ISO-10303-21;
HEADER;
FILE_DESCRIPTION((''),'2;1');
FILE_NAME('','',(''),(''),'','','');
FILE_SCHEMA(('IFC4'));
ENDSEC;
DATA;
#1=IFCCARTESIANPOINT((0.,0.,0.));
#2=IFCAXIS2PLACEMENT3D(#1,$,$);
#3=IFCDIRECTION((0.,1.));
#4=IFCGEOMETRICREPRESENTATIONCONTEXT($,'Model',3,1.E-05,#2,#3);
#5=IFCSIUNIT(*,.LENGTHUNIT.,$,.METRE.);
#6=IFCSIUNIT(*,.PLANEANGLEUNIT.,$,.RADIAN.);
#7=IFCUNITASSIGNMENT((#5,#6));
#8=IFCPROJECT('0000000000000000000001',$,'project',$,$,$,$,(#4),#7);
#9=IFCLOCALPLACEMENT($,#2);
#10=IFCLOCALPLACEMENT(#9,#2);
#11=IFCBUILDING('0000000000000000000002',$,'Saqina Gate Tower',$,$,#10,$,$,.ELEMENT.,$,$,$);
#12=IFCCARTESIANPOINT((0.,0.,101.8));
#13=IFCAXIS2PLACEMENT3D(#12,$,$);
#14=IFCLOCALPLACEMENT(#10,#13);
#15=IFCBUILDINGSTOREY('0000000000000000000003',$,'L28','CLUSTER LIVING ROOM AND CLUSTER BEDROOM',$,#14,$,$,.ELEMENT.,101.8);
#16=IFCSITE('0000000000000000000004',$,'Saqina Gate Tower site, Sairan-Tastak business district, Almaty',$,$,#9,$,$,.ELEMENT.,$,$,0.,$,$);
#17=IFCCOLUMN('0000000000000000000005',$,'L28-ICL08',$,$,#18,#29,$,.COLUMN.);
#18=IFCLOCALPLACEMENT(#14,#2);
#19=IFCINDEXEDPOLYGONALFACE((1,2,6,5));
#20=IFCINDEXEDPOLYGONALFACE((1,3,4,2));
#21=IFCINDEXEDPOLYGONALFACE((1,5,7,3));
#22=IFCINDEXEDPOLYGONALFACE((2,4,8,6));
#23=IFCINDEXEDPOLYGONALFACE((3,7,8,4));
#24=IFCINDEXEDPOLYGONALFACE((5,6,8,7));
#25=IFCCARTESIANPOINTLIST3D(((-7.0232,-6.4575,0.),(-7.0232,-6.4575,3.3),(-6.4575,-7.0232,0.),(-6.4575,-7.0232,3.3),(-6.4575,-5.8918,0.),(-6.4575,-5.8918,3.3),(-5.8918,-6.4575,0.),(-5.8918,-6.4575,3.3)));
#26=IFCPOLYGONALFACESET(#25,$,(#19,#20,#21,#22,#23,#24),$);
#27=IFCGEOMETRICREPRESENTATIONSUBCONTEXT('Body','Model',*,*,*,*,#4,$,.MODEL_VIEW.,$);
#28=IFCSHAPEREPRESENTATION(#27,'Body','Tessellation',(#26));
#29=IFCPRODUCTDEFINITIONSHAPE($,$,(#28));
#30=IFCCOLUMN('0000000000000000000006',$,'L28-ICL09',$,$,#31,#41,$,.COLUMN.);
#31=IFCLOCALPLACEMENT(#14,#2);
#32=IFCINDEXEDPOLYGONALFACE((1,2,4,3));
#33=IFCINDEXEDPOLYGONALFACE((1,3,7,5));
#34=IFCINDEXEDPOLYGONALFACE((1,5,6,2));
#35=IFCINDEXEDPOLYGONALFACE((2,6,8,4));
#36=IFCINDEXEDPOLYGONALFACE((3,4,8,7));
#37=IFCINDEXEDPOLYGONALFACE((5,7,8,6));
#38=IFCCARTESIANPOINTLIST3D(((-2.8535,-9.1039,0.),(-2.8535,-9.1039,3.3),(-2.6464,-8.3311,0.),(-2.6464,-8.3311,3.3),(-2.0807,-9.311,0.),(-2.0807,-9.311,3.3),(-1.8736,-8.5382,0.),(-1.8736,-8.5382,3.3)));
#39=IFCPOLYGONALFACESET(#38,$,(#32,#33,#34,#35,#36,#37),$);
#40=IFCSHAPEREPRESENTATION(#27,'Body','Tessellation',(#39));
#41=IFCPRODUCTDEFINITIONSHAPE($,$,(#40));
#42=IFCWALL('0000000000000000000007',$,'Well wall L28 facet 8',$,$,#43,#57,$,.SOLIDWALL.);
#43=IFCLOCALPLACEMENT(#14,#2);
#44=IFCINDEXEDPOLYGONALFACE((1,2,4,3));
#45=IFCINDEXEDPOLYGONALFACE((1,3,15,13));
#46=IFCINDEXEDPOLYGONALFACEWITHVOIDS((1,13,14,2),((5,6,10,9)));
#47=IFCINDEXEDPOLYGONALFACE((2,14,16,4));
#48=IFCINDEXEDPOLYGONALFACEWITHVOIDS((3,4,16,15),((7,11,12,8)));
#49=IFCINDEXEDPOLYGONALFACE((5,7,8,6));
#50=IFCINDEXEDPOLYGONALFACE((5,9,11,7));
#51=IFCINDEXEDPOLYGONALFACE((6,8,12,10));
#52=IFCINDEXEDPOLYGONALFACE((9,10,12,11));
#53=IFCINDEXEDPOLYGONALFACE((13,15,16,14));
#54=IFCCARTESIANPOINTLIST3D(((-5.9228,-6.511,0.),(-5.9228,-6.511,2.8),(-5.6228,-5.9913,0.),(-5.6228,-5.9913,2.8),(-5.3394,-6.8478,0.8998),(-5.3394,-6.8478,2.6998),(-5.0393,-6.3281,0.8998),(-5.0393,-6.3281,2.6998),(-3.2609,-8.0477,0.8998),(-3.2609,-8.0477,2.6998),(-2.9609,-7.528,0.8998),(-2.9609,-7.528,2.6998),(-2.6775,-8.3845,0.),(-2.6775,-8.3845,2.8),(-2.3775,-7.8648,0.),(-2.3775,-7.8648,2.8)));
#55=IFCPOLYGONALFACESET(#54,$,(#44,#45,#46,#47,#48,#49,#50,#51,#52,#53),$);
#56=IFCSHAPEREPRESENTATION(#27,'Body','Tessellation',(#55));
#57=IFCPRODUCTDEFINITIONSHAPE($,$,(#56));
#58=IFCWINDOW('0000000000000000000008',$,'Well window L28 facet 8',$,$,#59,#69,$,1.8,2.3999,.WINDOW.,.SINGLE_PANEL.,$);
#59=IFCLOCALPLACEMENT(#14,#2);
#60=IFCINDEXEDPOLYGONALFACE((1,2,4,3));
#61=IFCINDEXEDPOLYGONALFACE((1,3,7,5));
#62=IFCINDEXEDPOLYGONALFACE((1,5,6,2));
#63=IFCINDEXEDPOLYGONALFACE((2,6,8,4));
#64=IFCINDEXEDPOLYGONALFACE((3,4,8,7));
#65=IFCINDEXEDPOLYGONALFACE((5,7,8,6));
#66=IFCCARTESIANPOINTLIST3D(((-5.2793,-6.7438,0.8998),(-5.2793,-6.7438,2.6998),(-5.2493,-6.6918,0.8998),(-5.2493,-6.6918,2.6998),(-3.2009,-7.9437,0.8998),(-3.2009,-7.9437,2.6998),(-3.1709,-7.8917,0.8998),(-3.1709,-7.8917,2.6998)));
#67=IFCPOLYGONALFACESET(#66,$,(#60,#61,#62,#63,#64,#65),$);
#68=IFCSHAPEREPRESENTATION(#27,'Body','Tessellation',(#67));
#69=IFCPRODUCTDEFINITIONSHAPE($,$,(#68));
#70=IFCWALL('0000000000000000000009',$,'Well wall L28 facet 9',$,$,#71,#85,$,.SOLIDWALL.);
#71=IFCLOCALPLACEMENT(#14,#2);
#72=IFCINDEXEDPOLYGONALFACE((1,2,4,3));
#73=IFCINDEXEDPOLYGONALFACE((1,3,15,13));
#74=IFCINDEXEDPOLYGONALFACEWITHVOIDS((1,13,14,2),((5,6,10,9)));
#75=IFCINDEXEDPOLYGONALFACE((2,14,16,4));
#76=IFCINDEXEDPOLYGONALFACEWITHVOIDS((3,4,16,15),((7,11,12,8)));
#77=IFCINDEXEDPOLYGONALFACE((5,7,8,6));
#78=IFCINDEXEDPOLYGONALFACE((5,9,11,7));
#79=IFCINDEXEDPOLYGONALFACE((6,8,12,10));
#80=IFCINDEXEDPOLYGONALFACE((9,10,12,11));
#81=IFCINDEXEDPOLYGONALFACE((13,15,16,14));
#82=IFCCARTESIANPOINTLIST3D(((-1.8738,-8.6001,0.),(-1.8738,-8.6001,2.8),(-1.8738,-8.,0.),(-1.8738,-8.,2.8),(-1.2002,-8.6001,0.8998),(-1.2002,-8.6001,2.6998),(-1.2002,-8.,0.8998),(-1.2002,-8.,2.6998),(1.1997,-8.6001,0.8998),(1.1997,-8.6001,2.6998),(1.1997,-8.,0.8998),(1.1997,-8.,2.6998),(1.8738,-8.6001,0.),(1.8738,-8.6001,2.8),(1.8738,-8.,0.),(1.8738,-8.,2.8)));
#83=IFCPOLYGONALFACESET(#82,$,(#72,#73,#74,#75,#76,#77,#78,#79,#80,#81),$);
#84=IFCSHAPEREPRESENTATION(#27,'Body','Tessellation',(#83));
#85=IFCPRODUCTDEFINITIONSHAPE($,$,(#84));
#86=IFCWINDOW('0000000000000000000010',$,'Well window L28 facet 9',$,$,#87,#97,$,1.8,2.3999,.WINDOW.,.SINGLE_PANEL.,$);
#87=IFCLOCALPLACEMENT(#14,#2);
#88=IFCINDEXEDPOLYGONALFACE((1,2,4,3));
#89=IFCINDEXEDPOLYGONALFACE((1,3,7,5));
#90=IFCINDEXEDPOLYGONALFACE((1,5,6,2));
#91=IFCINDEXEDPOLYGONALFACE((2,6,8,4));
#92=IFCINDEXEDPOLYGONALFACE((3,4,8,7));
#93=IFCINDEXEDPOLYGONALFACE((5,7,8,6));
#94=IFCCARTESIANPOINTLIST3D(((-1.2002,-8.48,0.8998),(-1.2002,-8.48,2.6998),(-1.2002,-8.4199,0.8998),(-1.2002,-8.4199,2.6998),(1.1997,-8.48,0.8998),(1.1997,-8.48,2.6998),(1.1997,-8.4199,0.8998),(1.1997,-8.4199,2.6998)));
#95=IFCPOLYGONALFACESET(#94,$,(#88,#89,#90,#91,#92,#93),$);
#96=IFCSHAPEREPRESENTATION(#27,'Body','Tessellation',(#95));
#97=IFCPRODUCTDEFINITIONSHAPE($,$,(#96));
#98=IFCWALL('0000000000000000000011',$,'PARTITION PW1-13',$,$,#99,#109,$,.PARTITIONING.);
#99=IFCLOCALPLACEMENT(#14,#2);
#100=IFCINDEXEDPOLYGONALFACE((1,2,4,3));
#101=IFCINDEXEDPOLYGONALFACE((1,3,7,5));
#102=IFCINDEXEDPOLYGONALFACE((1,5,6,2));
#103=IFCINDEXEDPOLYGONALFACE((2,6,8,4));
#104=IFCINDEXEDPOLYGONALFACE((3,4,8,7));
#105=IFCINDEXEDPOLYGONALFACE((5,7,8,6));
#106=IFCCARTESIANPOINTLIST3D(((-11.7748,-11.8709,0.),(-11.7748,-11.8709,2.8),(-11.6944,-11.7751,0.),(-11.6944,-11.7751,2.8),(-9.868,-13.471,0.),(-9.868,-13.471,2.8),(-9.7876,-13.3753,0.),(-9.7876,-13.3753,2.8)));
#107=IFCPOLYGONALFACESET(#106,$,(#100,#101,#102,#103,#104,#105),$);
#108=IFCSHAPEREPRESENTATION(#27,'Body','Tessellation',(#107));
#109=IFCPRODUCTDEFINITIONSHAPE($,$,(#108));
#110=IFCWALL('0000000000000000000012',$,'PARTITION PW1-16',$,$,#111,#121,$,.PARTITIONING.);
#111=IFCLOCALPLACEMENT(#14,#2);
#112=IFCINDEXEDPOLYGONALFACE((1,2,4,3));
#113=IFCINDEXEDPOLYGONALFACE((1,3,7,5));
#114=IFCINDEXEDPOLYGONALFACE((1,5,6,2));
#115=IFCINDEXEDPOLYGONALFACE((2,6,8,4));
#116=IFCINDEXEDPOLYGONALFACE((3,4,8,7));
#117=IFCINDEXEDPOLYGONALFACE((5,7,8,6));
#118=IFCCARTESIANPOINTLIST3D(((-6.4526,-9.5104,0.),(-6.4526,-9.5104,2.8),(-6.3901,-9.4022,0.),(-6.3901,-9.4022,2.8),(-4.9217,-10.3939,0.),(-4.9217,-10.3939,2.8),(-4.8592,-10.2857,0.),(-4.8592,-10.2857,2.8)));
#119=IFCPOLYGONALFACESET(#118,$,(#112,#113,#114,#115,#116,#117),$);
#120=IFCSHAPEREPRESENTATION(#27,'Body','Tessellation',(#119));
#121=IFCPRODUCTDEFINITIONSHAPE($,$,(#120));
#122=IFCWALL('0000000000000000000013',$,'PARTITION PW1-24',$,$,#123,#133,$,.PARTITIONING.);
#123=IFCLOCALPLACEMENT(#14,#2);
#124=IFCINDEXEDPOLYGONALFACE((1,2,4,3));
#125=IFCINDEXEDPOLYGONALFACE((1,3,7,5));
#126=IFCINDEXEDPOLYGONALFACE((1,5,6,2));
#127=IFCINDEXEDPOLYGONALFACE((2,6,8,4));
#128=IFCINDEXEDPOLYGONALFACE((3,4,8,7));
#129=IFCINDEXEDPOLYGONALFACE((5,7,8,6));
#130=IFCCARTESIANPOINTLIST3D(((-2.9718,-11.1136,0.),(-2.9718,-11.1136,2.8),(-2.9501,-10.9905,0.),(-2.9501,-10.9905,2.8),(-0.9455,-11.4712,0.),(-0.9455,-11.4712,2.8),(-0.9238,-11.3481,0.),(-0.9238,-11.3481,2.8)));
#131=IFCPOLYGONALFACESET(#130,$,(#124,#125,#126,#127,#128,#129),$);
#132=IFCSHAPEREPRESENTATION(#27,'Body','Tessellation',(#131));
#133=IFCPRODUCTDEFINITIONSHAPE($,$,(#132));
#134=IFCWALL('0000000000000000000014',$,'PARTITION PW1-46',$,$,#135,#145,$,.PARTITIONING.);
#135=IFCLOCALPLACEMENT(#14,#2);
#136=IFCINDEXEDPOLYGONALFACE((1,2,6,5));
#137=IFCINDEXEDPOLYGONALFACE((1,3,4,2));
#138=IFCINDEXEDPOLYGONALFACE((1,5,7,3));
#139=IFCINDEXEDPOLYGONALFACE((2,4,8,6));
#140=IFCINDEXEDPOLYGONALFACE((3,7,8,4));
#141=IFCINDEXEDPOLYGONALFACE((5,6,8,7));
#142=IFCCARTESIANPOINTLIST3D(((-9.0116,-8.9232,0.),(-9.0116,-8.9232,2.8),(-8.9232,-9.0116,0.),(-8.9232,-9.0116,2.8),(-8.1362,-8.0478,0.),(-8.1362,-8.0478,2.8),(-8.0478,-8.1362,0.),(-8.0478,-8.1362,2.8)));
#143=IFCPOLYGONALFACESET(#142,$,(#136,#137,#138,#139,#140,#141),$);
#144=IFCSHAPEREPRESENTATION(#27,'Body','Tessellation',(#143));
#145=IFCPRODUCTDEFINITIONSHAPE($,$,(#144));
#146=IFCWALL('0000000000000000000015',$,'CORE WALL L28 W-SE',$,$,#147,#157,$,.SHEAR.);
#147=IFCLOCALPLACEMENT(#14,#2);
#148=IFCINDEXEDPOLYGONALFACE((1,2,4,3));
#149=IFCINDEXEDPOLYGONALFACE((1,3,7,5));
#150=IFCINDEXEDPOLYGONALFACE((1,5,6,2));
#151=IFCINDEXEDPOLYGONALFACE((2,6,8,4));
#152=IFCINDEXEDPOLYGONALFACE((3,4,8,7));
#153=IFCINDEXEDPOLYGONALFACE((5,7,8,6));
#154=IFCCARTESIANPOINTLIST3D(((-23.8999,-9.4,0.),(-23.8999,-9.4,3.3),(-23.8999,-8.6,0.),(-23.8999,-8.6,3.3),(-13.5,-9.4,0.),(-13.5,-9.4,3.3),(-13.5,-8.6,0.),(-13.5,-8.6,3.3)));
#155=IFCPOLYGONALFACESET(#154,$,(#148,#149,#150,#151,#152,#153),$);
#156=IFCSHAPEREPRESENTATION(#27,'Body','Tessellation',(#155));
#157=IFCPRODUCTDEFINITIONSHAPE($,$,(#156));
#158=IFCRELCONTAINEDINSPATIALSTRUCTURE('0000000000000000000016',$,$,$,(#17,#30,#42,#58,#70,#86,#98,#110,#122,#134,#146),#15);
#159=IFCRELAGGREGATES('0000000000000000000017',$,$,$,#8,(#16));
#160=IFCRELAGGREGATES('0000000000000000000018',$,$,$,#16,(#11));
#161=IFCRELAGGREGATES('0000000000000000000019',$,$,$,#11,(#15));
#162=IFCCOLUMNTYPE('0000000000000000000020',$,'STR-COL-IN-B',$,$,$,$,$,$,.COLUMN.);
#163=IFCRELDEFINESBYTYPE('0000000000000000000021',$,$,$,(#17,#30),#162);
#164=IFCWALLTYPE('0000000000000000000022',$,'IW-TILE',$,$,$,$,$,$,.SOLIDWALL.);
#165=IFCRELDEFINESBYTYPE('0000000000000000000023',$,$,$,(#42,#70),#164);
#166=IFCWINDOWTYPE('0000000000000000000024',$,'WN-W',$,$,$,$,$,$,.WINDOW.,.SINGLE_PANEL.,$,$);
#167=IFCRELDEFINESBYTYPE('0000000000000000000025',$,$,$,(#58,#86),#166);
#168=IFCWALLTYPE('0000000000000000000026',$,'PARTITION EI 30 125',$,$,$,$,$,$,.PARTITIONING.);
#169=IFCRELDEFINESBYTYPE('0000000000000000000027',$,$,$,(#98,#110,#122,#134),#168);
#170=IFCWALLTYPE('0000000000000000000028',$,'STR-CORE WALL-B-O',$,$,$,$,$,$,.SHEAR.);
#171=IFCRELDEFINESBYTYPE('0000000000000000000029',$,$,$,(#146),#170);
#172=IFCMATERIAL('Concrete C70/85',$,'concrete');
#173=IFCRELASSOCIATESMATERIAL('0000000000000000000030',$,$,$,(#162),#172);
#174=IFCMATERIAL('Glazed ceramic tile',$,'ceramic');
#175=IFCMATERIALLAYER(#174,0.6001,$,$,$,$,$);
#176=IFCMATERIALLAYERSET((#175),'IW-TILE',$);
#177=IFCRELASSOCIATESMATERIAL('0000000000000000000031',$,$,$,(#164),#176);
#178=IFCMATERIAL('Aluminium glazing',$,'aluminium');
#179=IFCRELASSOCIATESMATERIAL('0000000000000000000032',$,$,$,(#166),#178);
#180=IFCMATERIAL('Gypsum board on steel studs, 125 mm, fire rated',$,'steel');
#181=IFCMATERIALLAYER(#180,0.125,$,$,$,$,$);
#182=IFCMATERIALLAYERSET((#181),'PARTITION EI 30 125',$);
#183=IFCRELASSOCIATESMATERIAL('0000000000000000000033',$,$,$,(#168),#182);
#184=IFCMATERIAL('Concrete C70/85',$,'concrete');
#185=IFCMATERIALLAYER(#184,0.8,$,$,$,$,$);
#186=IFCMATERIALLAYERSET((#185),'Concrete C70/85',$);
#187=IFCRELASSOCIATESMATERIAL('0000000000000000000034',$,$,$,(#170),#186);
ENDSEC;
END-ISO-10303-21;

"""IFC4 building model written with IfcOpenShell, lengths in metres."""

from ifc_helpers import new_model, si_unit, direction, frame, frame_2d, origin, origin_2d, place, context, subcontext, project, spatial, rectangle, extrude, material, layer, layer_set, material_profile, profile_set, type_object, element, fill, save


model = new_model("IFC4")

# Units and contexts
model_context = context("Model", 3, precision=1e-05, world=origin(), true_north=direction((0.0, 1.0)))
body_context = subcontext(model_context, "Body", "Model", "MODEL_VIEW")
ifc_project = project(units=[si_unit("LENGTHUNIT", "METRE"), si_unit("PLANEANGLEUNIT", "RADIAN")], contexts=[model_context])

# Site, building, storey
site_placement = place(None, origin())
site = spatial("IfcSite", under=ifc_project, at=site_placement, Name="Saqina Gate Tower site, Sairan-Tastak business district, Almaty", CompositionType="ELEMENT", RefElevation=0.0)
building_placement = place(site_placement, origin())
building = spatial("IfcBuilding", under=site, at=building_placement, Name="Saqina Gate Tower", CompositionType="ELEMENT")
storey_placement = place(building_placement, frame((0.0, 0.0, 101.8)))
storey = spatial("IfcBuildingStorey", under=building, at=storey_placement, Name="L28", Description="CLUSTER LIVING ROOM AND CLUSTER BEDROOM", CompositionType="ELEMENT", Elevation=101.8)

# Columns
ifc_material_1 = material(Name="Concrete C70/85", Category="concrete")
ifc_material_profile = material_profile(ifc_material_1, rectangle(XDim=0.8, YDim=0.8, at=origin_2d()), Name="RC 800x800")
ifc_profile_set = profile_set([ifc_material_profile], Name="Concrete C70/85")
column_type = type_object("IfcColumnType", Name="STR-COL-IN-B", PredefinedType="COLUMN", material=ifc_profile_set)
for number, where, z_axis, x_axis, name in (
    (1, (-6.4575, -6.4575, 0.0), (0.0, 0.0, 1.0), (-0.707107, -0.707107, 0.0), "L28-ICL08"),
    (2, (-2.3635, -8.821, 0.0), (0.0, 0.0, 1.0), (-0.258819, -0.965926, 0.0), "L28-ICL09"),
):
    element("IfcColumn", number, at=place(storey_placement, frame(where, z_axis=z_axis, x_axis=x_axis)), inside=storey, type_object=column_type, Name=name, PredefinedType="COLUMN", context=body_context, shape_type="SweptSolid", body=[
        extrude(rectangle(XDim=0.8, YDim=0.8, at=origin_2d()), origin(), (0.0, 0.0, 1.0), 3.3),
    ])

# Walls, openings, windows
ifc_material_2 = material(Name="Glazed ceramic tile", Category="ceramic")
ifc_layer_1 = layer(ifc_material_2, 0.6001)
ifc_layer_set_1 = layer_set([ifc_layer_1], Name="IW-TILE")
wall_type_1 = type_object("IfcWallType", Name="IW-TILE", PredefinedType="SOLIDWALL", material=ifc_layer_set_1)
wall_1_placement = place(storey_placement, frame((-5.7727, -6.2512, 0.0), z_axis=(0.0, 0.0, 1.0), x_axis=(0.866046, -0.499965, 0.0)))
wall_1 = element("IfcWall", 3, at=wall_1_placement, inside=storey, type_object=wall_type_1, Name="Well wall L28 facet 8", PredefinedType="SOLIDWALL", context=body_context, shape_type="SweptSolid", body=[
    extrude(rectangle(XDim=3.7473, YDim=0.6001, at=frame_2d((1.8735, 0.0))), origin(), (0.0, 0.0, 1.0), 2.8),
])
opening_1_placement = place(wall_1_placement, frame((0.6736, 0.0, 0.8999)))
opening_1 = element("IfcOpeningElement", 4, at=opening_1_placement, cuts=wall_1, PredefinedType="OPENING", context=body_context, shape_type="SweptSolid", body=[
    extrude(rectangle(XDim=2.3999, YDim=1.8, at=frame_2d((1.2, 0.8999))), frame((0.0, 0.312, 0.0), z_axis=(0.0, -1.0, 0.0), x_axis=(1.0, 0.0, 0.0)), (0.0, 0.0, 1.0), 0.624),
])
ifc_material_3 = material(Name="Aluminium glazing", Category="aluminium")
window_type = type_object("IfcWindowType", Name="WN-W", PartitioningType="SINGLE_PANEL", PredefinedType="WINDOW", material=ifc_material_3)
window_1_placement = place(opening_1_placement, origin())
window_1 = element("IfcWindow", 5, at=window_1_placement, inside=storey, type_object=window_type, Name="Well window L28 facet 8", OverallHeight=1.8, OverallWidth=2.3999, PartitioningType="SINGLE_PANEL", PredefinedType="WINDOW", context=body_context, shape_type="SweptSolid", body=[
    extrude(rectangle(XDim=2.3999, YDim=1.8, at=frame_2d((1.2, 0.8999))), frame((0.0, -0.1199, 0.0), z_axis=(0.0, -1.0, 0.0), x_axis=(1.0, 0.0, 0.0)), (0.0, 0.0, 1.0), 0.0601),
])
fill(opening_1, window_1)
wall_2_placement = place(storey_placement, frame((-1.8738, -8.3, 0.0), z_axis=(0.0, 0.0, 1.0), x_axis=(1.0, 0.0, 0.0)))
wall_2 = element("IfcWall", 6, at=wall_2_placement, inside=storey, type_object=wall_type_1, Name="Well wall L28 facet 9", PredefinedType="SOLIDWALL", context=body_context, shape_type="SweptSolid", body=[
    extrude(rectangle(XDim=3.7476, YDim=0.6001, at=frame_2d((1.8738, 0.0))), origin(), (0.0, 0.0, 1.0), 2.8),
])
opening_2_placement = place(wall_2_placement, frame((0.6736, 0.0, 0.8999)))
opening_2 = element("IfcOpeningElement", 7, at=opening_2_placement, cuts=wall_2, PredefinedType="OPENING", context=body_context, shape_type="SweptSolid", body=[
    extrude(rectangle(XDim=2.3999, YDim=1.8, at=frame_2d((1.2, 0.8999))), frame((0.0, 0.312, 0.0), z_axis=(0.0, -1.0, 0.0), x_axis=(1.0, 0.0, 0.0)), (0.0, 0.0, 1.0), 0.624),
])
window_2_placement = place(opening_2_placement, origin())
window_2 = element("IfcWindow", 8, at=window_2_placement, inside=storey, type_object=window_type, Name="Well window L28 facet 9", OverallHeight=1.8, OverallWidth=2.3999, PartitioningType="SINGLE_PANEL", PredefinedType="WINDOW", context=body_context, shape_type="SweptSolid", body=[
    extrude(rectangle(XDim=2.3999, YDim=1.8, at=frame_2d((1.2, 0.8999))), frame((0.0, -0.1199, 0.0), z_axis=(0.0, -1.0, 0.0), x_axis=(1.0, 0.0, 0.0)), (0.0, 0.0, 1.0), 0.0601),
])
fill(opening_2, window_2)

# Walls
ifc_material_4 = material(Name="Gypsum board on steel studs, 125 mm, fire rated", Category="steel")
ifc_layer_2 = layer(ifc_material_4, 0.125)
ifc_layer_set_2 = layer_set([ifc_layer_2], Name="PARTITION EI 30 125")
wall_type_2 = type_object("IfcWallType", Name="PARTITION EI 30 125", PredefinedType="PARTITIONING", material=ifc_layer_set_2)
wall_3_placement = place(storey_placement, frame((-11.7346, -11.823, 0.0), z_axis=(0.0, 0.0, 1.0), x_axis=(0.766014, -0.642824, 0.0)))
element("IfcWall", 9, at=wall_3_placement, inside=storey, type_object=wall_type_2, Name="PARTITION PW1-13", PredefinedType="PARTITIONING", context=body_context, shape_type="SweptSolid", body=[
    extrude(rectangle(XDim=2.4893, YDim=0.125, at=frame_2d((1.2446, 0.0))), origin(), (0.0, 0.0, 1.0), 2.8),
])
wall_4_placement = place(storey_placement, frame((-6.4214, -9.4563, 0.0), z_axis=(0.0, 0.0, 1.0), x_axis=(0.866119, -0.499838, 0.0)))
element("IfcWall", 10, at=wall_4_placement, inside=storey, type_object=wall_type_2, Name="PARTITION PW1-16", PredefinedType="PARTITIONING", context=body_context, shape_type="SweptSolid", body=[
    extrude(rectangle(XDim=1.7676, YDim=0.125, at=frame_2d((0.8838, 0.0))), origin(), (0.0, 0.0, 1.0), 2.8),
])
wall_5_placement = place(storey_placement, frame((-2.9609, -11.052, 0.0), z_axis=(0.0, 0.0, 1.0), x_axis=(0.984778, -0.173819, 0.0)))
element("IfcWall", 11, at=wall_5_placement, inside=storey, type_object=wall_type_2, Name="PARTITION PW1-24", PredefinedType="PARTITIONING", context=body_context, shape_type="SweptSolid", body=[
    extrude(rectangle(XDim=2.0576, YDim=0.125, at=frame_2d((1.0288, 0.0))), origin(), (0.0, 0.0, 1.0), 2.8),
])
wall_6_placement = place(storey_placement, frame((-8.9675, -8.9675, 0.0), z_axis=(0.0, 0.0, 1.0), x_axis=(0.707107, 0.707107, 0.0)))
element("IfcWall", 12, at=wall_6_placement, inside=storey, type_object=wall_type_2, Name="PARTITION PW1-46", PredefinedType="PARTITIONING", context=body_context, shape_type="SweptSolid", body=[
    extrude(rectangle(XDim=1.238, YDim=0.125, at=frame_2d((0.6191, 0.0))), origin(), (0.0, 0.0, 1.0), 2.8),
])

# Shared definitions
ifc_material_5 = material(Name="Concrete C70/85", Category="concrete")
ifc_layer_3 = layer(ifc_material_5, 0.8)
ifc_layer_set_3 = layer_set([ifc_layer_3], Name="Concrete C70/85")
wall_type_3 = type_object("IfcWallType", Name="STR-CORE WALL-B-O", PredefinedType="SHEAR", material=ifc_layer_set_3)

# Wall
wall_7_placement = place(storey_placement, frame((-13.5, -9.0, 0.0), z_axis=(0.0, 0.0, 1.0), x_axis=(-1.0, 0.0, 0.0)))
element("IfcWall", 13, at=wall_7_placement, inside=storey, type_object=wall_type_3, Name="CORE WALL L28 W-SE", PredefinedType="SHEAR", context=body_context, shape_type="SweptSolid", body=[
    extrude(rectangle(XDim=10.3999, YDim=0.8, at=frame_2d((5.2, 0.0))), origin(), (0.0, 0.0, 1.0), 3.3),
])

save(model, "model.ifc")
